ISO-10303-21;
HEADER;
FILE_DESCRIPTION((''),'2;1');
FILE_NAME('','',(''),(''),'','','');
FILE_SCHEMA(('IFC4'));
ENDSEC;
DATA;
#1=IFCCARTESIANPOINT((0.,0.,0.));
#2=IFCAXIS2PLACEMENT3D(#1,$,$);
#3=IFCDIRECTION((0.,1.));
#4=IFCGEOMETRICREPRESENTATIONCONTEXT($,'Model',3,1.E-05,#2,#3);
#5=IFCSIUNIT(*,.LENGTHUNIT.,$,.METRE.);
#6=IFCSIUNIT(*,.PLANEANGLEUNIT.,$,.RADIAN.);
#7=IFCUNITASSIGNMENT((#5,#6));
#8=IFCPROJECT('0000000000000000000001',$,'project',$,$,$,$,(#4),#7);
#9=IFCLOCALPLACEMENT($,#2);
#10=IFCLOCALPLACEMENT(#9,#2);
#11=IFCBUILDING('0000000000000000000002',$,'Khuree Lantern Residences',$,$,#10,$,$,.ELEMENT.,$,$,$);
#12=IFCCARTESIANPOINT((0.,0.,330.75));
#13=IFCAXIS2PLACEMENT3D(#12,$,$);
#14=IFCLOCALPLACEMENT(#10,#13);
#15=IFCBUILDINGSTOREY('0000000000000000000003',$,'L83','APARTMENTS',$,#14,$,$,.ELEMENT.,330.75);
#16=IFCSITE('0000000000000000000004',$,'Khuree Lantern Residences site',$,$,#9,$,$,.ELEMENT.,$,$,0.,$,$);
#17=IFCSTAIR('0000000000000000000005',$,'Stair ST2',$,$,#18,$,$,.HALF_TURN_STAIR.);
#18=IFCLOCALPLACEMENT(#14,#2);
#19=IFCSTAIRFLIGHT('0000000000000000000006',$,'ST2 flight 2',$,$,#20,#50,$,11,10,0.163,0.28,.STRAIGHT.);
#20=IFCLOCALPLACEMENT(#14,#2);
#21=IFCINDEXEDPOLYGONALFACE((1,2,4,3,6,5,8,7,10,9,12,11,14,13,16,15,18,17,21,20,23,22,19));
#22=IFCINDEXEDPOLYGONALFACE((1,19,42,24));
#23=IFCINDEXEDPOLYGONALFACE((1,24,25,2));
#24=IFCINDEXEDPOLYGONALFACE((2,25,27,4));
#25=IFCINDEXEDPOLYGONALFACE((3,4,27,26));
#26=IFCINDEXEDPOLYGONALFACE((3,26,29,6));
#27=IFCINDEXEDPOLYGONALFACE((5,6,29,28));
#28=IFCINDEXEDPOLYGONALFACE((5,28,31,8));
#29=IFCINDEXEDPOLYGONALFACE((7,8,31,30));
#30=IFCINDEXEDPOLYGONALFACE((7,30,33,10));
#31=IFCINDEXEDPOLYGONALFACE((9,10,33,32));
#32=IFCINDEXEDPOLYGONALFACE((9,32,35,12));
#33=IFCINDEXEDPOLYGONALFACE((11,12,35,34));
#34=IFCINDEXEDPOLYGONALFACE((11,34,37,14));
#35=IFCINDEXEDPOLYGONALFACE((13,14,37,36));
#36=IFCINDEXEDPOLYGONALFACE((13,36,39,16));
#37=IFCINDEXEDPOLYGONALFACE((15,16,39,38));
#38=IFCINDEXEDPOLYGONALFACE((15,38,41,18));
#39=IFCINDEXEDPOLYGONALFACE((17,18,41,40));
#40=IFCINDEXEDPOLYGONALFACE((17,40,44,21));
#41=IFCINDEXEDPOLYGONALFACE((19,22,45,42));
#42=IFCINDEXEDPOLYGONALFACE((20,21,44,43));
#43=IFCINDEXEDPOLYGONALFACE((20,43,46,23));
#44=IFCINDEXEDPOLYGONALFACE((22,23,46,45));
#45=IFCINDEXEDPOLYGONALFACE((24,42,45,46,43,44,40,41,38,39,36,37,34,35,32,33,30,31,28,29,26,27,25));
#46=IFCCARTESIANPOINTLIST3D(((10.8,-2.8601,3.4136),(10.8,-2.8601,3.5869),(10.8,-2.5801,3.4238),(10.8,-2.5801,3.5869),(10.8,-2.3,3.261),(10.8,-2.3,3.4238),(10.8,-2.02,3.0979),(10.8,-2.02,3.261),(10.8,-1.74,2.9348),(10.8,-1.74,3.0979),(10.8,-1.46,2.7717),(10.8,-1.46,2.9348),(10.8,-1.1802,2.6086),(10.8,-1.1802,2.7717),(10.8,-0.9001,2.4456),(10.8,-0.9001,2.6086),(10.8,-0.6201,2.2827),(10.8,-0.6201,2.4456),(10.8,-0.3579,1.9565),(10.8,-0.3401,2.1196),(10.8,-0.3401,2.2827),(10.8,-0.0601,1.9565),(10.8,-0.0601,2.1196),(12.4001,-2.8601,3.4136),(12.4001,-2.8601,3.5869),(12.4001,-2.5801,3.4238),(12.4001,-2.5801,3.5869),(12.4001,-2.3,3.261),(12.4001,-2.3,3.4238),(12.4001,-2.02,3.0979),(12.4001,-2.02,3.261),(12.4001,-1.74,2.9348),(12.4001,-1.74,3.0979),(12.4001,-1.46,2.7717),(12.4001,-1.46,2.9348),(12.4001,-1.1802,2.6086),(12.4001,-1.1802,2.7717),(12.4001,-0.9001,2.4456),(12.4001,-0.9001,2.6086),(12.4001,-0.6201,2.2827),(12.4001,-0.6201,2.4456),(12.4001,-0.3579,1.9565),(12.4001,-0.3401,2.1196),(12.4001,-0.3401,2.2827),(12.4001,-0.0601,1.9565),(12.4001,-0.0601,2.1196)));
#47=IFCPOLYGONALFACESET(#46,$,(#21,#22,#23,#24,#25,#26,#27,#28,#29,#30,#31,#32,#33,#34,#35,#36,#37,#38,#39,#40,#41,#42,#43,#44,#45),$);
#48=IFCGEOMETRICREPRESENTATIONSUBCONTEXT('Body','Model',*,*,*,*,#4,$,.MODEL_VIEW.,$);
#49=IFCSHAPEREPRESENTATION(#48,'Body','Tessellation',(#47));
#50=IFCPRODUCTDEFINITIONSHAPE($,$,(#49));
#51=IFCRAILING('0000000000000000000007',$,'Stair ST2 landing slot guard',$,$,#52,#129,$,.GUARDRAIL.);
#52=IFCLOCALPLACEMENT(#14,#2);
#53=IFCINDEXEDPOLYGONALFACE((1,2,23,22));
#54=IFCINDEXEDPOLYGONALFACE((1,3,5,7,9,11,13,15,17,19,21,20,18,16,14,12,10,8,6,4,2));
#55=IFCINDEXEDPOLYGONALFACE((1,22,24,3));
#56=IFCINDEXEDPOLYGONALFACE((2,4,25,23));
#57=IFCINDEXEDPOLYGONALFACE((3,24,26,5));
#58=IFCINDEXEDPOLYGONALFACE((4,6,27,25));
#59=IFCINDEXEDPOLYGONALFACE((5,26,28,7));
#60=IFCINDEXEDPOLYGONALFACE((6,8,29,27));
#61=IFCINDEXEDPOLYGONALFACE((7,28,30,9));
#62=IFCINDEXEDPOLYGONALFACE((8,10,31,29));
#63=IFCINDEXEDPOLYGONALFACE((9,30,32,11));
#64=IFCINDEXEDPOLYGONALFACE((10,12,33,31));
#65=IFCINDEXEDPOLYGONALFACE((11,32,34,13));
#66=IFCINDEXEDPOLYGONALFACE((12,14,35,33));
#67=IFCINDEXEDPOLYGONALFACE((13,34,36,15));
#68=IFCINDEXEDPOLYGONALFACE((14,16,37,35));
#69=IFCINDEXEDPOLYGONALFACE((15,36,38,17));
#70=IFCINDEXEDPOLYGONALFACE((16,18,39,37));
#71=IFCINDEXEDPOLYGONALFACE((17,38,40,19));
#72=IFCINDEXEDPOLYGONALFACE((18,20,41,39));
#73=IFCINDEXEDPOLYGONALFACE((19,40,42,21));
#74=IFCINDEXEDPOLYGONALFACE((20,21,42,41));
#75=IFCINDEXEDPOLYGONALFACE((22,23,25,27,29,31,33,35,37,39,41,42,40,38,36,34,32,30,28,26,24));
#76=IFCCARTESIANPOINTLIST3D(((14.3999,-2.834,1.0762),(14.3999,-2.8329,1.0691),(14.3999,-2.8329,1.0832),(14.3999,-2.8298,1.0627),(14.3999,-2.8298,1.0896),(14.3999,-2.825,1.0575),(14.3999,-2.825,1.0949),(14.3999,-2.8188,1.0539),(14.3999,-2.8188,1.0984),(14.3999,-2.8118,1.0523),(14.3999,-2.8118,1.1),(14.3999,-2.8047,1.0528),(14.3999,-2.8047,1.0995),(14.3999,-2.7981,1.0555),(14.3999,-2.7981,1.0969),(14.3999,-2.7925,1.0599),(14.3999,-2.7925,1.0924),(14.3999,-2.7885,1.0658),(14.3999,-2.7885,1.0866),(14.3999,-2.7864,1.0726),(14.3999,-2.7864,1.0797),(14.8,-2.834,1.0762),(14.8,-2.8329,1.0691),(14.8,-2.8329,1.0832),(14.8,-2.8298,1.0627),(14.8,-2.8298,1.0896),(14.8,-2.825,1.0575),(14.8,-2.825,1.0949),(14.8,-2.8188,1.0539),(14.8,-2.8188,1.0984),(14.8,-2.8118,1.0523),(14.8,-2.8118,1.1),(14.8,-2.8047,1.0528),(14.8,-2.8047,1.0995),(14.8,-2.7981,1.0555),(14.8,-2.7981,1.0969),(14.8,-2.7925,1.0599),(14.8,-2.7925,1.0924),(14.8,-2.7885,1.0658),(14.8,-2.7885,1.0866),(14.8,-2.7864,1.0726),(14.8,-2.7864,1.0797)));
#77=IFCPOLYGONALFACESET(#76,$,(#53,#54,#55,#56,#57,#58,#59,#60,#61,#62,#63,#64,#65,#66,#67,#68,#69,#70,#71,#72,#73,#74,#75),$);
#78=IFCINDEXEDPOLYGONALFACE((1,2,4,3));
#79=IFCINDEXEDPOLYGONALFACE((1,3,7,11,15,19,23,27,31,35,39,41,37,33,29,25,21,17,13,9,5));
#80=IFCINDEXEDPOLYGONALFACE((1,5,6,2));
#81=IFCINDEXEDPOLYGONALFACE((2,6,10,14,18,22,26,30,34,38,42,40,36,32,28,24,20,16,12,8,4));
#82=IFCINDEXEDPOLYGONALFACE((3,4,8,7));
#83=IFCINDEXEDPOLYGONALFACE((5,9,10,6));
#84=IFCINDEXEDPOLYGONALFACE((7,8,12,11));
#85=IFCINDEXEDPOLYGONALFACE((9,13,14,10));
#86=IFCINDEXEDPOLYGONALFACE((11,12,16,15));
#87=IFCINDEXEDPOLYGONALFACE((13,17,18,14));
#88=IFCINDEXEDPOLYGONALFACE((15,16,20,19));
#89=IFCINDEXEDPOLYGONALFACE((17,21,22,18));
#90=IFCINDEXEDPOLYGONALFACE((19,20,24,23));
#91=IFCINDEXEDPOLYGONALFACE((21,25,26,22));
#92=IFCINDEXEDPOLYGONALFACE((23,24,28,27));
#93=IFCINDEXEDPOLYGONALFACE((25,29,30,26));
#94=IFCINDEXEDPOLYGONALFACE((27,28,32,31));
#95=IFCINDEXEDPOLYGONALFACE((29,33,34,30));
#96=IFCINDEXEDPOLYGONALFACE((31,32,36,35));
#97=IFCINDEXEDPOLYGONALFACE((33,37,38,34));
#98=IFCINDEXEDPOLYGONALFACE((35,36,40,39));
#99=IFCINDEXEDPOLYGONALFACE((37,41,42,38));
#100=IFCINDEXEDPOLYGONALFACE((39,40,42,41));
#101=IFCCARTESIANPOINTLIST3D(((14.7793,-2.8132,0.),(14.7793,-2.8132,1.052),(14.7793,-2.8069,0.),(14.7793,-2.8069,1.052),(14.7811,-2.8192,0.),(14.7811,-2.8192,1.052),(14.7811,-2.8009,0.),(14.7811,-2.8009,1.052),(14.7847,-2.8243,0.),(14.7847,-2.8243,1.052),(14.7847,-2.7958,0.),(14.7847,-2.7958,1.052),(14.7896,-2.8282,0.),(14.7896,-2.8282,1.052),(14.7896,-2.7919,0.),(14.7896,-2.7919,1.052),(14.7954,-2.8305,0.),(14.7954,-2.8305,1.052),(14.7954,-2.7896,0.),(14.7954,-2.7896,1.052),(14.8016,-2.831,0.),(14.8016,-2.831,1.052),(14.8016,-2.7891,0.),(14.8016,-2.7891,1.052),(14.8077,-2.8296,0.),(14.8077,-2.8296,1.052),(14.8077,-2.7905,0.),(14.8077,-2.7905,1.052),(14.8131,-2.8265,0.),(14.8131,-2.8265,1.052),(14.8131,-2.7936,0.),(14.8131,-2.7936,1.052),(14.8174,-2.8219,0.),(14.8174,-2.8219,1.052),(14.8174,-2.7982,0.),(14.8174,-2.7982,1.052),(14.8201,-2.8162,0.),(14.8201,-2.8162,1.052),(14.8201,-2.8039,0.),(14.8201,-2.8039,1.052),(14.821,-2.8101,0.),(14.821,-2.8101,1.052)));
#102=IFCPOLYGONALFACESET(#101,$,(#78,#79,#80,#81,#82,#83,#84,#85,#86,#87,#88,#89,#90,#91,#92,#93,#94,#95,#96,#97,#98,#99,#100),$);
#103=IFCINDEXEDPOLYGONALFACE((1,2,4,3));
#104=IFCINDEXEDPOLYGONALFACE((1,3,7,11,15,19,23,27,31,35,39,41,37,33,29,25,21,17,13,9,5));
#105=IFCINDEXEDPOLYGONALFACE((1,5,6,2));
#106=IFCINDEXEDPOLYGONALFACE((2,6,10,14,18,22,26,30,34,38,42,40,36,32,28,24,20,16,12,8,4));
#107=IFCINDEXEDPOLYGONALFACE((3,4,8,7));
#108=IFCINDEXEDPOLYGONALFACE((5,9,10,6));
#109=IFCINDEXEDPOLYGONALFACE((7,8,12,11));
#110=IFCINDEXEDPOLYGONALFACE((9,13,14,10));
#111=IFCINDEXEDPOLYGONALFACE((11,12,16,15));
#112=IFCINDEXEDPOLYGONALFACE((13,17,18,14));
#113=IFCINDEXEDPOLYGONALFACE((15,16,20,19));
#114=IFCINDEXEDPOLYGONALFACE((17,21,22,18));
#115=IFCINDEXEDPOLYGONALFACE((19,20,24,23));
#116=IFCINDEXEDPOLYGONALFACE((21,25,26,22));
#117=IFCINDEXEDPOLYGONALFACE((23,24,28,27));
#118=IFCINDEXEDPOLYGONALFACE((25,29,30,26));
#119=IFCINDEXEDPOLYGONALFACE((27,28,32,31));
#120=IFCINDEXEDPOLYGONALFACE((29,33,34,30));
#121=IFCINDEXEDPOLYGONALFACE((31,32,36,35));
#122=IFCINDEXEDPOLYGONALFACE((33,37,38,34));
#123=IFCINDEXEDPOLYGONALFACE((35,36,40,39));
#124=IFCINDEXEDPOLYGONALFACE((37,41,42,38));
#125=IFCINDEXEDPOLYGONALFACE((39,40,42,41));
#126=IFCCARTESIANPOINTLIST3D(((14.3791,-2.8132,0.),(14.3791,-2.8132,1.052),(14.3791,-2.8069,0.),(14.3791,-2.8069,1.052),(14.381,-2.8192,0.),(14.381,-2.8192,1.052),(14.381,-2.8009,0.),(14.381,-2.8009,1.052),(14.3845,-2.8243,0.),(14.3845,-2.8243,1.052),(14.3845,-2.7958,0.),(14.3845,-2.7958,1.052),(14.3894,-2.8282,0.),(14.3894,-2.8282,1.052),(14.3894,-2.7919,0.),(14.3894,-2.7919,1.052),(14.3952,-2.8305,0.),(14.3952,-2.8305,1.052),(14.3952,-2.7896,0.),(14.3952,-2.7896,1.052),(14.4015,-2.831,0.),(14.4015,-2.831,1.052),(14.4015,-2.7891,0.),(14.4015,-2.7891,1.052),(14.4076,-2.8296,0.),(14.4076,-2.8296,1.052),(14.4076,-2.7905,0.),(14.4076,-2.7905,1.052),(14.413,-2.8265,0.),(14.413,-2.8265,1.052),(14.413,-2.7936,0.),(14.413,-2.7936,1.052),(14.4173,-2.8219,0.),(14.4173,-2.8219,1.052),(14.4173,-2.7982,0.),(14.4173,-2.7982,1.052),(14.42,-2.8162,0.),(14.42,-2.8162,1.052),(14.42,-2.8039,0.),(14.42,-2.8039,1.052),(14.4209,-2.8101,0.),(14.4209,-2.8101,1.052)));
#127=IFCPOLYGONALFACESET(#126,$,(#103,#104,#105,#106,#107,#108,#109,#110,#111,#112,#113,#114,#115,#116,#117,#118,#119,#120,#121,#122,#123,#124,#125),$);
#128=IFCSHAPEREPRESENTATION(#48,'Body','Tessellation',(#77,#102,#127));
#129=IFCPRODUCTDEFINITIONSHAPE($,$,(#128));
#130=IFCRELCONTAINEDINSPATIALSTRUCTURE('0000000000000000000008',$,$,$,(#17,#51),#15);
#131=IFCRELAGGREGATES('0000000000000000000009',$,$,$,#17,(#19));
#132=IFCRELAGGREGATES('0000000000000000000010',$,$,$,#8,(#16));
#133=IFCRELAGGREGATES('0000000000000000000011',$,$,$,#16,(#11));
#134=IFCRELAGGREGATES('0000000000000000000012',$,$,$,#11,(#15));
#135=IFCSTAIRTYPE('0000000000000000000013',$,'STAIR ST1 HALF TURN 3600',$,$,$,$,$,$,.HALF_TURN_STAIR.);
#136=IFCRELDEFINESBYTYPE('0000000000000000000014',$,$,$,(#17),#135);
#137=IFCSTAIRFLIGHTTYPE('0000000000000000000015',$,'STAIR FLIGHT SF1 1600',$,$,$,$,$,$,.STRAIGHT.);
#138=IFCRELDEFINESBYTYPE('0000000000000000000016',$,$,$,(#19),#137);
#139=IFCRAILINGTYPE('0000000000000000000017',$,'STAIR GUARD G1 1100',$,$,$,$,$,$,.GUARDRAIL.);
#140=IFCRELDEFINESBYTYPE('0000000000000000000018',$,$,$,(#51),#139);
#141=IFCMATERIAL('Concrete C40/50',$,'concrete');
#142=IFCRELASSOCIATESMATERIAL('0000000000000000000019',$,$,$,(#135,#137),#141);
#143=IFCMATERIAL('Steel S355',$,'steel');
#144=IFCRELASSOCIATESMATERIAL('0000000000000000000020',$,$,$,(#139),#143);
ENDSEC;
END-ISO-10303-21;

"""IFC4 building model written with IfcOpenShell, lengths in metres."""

from ifc_helpers import new_model, si_unit, direction, frame, origin, origin_2d, place, context, subcontext, project, spatial, polyline, circle, outline, extrude, material, type_object, element, aggregate, save


model = new_model("IFC4")

# Units and contexts
model_context = context("Model", 3, precision=1e-05, world=origin(), true_north=direction((0.0, 1.0)))
body_context = subcontext(model_context, "Body", "Model", "MODEL_VIEW")
ifc_project = project(units=[si_unit("LENGTHUNIT", "METRE"), si_unit("PLANEANGLEUNIT", "RADIAN")], contexts=[model_context])

# Site, building, storey
site_placement = place(None, origin())
site = spatial("IfcSite", under=ifc_project, at=site_placement, Name="Khuree Lantern Residences site", CompositionType="ELEMENT", RefElevation=0.0)
building_placement = place(site_placement, origin())
building = spatial("IfcBuilding", under=site, at=building_placement, Name="Khuree Lantern Residences", CompositionType="ELEMENT")
storey_placement = place(building_placement, frame((0.0, 0.0, 330.75)))
storey = spatial("IfcBuildingStorey", under=building, at=storey_placement, Name="L83", Description="APARTMENTS", CompositionType="ELEMENT", Elevation=330.75)

# Shared definitions
ifc_material_1 = material(Name="Concrete C40/50", Category="concrete")
stair_type = type_object("IfcStairType", Name="STAIR ST1 HALF TURN 3600", PredefinedType="HALF_TURN_STAIR", material=ifc_material_1)

# Stair, stair flight
stair_1_placement = place(storey_placement, origin())
stair_1 = element("IfcStair", 1, at=stair_1_placement, inside=storey, type_object=stair_type, Name="Stair ST2", PredefinedType="HALF_TURN_STAIR")
stair_flight_type = type_object("IfcStairFlightType", Name="STAIR FLIGHT SF1 1600", PredefinedType="STRAIGHT", material=ifc_material_1)
stair_flight_1_placement = place(storey_placement, frame((11.6001, -0.0601, 1.9565), z_axis=(0.0, 0.0, 1.0), x_axis=(0.0, -1.0, 0.0)))
stair_flight_1 = element("IfcStairFlight", 2, at=stair_flight_1_placement, type_object=stair_flight_type, Name="ST2 flight 2", NumberOfRisers=11, NumberOfTreads=10, PredefinedType="STRAIGHT", RiserHeight=0.163, TreadLength=0.28, context=body_context, shape_type="SweptSolid", body=[
    extrude(outline(polyline([(0.0, 0.0), (0.0, 0.1631), (0.28, 0.1631), (0.28, 0.3262), (0.5601, 0.3262), (0.5601, 0.489), (0.8401, 0.489), (0.8401, 0.6521), (1.1201, 0.6521), (1.1201, 0.8152), (1.3999, 0.8152), (1.3999, 0.9783), (1.6799, 0.9783), (1.6799, 1.1414), (1.96, 1.1414), (1.96, 1.3044), (2.24, 1.3044), (2.24, 1.4673), (2.52, 1.4673), (2.52, 1.6304), (2.8, 1.6304), (2.8, 1.7935), (2.8, 1.457), (0.2979, 0.0), (0.0, 0.0)])), frame((0.0, 0.8, 0.0), z_axis=(0.0, -1.0, 0.0), x_axis=(1.0, 0.0, 0.0)), (0.0, 0.0, 1.0), 1.6001),
])
aggregate(stair_1, [stair_flight_1])

# Railing
ifc_material_2 = material(Name="Steel S355", Category="steel")
railing_type_1 = type_object("IfcRailingType", Name="STAIR GUARD G1 1100", PredefinedType="GUARDRAIL", material=ifc_material_2)
railing_1_placement = place(storey_placement, frame((14.8, -2.8101, 0.0)))
element("IfcRailing", 3, at=railing_1_placement, inside=storey, type_object=railing_type_1, Name="Stair ST2 landing slot guard", PredefinedType="GUARDRAIL", context=body_context, shape_type="SweptSolid", body=[
    extrude(circle(Radius=0.0239, at=origin_2d()), frame((0.0, 0.0, 1.0762), z_axis=(-1.0, 0.0, 0.0), x_axis=(0.0, -1.0, 0.0)), (0.0, 0.0, 1.0), 0.4001),
    extrude(circle(Radius=0.021, at=origin_2d()), origin(), (0.0, 0.0, 1.0), 1.052),
    extrude(circle(Radius=0.021, at=origin_2d()), frame((-0.4001, 0.0, 0.0)), (0.0, 0.0, 1.0), 1.052),
])

save(model, "model.ifc")
